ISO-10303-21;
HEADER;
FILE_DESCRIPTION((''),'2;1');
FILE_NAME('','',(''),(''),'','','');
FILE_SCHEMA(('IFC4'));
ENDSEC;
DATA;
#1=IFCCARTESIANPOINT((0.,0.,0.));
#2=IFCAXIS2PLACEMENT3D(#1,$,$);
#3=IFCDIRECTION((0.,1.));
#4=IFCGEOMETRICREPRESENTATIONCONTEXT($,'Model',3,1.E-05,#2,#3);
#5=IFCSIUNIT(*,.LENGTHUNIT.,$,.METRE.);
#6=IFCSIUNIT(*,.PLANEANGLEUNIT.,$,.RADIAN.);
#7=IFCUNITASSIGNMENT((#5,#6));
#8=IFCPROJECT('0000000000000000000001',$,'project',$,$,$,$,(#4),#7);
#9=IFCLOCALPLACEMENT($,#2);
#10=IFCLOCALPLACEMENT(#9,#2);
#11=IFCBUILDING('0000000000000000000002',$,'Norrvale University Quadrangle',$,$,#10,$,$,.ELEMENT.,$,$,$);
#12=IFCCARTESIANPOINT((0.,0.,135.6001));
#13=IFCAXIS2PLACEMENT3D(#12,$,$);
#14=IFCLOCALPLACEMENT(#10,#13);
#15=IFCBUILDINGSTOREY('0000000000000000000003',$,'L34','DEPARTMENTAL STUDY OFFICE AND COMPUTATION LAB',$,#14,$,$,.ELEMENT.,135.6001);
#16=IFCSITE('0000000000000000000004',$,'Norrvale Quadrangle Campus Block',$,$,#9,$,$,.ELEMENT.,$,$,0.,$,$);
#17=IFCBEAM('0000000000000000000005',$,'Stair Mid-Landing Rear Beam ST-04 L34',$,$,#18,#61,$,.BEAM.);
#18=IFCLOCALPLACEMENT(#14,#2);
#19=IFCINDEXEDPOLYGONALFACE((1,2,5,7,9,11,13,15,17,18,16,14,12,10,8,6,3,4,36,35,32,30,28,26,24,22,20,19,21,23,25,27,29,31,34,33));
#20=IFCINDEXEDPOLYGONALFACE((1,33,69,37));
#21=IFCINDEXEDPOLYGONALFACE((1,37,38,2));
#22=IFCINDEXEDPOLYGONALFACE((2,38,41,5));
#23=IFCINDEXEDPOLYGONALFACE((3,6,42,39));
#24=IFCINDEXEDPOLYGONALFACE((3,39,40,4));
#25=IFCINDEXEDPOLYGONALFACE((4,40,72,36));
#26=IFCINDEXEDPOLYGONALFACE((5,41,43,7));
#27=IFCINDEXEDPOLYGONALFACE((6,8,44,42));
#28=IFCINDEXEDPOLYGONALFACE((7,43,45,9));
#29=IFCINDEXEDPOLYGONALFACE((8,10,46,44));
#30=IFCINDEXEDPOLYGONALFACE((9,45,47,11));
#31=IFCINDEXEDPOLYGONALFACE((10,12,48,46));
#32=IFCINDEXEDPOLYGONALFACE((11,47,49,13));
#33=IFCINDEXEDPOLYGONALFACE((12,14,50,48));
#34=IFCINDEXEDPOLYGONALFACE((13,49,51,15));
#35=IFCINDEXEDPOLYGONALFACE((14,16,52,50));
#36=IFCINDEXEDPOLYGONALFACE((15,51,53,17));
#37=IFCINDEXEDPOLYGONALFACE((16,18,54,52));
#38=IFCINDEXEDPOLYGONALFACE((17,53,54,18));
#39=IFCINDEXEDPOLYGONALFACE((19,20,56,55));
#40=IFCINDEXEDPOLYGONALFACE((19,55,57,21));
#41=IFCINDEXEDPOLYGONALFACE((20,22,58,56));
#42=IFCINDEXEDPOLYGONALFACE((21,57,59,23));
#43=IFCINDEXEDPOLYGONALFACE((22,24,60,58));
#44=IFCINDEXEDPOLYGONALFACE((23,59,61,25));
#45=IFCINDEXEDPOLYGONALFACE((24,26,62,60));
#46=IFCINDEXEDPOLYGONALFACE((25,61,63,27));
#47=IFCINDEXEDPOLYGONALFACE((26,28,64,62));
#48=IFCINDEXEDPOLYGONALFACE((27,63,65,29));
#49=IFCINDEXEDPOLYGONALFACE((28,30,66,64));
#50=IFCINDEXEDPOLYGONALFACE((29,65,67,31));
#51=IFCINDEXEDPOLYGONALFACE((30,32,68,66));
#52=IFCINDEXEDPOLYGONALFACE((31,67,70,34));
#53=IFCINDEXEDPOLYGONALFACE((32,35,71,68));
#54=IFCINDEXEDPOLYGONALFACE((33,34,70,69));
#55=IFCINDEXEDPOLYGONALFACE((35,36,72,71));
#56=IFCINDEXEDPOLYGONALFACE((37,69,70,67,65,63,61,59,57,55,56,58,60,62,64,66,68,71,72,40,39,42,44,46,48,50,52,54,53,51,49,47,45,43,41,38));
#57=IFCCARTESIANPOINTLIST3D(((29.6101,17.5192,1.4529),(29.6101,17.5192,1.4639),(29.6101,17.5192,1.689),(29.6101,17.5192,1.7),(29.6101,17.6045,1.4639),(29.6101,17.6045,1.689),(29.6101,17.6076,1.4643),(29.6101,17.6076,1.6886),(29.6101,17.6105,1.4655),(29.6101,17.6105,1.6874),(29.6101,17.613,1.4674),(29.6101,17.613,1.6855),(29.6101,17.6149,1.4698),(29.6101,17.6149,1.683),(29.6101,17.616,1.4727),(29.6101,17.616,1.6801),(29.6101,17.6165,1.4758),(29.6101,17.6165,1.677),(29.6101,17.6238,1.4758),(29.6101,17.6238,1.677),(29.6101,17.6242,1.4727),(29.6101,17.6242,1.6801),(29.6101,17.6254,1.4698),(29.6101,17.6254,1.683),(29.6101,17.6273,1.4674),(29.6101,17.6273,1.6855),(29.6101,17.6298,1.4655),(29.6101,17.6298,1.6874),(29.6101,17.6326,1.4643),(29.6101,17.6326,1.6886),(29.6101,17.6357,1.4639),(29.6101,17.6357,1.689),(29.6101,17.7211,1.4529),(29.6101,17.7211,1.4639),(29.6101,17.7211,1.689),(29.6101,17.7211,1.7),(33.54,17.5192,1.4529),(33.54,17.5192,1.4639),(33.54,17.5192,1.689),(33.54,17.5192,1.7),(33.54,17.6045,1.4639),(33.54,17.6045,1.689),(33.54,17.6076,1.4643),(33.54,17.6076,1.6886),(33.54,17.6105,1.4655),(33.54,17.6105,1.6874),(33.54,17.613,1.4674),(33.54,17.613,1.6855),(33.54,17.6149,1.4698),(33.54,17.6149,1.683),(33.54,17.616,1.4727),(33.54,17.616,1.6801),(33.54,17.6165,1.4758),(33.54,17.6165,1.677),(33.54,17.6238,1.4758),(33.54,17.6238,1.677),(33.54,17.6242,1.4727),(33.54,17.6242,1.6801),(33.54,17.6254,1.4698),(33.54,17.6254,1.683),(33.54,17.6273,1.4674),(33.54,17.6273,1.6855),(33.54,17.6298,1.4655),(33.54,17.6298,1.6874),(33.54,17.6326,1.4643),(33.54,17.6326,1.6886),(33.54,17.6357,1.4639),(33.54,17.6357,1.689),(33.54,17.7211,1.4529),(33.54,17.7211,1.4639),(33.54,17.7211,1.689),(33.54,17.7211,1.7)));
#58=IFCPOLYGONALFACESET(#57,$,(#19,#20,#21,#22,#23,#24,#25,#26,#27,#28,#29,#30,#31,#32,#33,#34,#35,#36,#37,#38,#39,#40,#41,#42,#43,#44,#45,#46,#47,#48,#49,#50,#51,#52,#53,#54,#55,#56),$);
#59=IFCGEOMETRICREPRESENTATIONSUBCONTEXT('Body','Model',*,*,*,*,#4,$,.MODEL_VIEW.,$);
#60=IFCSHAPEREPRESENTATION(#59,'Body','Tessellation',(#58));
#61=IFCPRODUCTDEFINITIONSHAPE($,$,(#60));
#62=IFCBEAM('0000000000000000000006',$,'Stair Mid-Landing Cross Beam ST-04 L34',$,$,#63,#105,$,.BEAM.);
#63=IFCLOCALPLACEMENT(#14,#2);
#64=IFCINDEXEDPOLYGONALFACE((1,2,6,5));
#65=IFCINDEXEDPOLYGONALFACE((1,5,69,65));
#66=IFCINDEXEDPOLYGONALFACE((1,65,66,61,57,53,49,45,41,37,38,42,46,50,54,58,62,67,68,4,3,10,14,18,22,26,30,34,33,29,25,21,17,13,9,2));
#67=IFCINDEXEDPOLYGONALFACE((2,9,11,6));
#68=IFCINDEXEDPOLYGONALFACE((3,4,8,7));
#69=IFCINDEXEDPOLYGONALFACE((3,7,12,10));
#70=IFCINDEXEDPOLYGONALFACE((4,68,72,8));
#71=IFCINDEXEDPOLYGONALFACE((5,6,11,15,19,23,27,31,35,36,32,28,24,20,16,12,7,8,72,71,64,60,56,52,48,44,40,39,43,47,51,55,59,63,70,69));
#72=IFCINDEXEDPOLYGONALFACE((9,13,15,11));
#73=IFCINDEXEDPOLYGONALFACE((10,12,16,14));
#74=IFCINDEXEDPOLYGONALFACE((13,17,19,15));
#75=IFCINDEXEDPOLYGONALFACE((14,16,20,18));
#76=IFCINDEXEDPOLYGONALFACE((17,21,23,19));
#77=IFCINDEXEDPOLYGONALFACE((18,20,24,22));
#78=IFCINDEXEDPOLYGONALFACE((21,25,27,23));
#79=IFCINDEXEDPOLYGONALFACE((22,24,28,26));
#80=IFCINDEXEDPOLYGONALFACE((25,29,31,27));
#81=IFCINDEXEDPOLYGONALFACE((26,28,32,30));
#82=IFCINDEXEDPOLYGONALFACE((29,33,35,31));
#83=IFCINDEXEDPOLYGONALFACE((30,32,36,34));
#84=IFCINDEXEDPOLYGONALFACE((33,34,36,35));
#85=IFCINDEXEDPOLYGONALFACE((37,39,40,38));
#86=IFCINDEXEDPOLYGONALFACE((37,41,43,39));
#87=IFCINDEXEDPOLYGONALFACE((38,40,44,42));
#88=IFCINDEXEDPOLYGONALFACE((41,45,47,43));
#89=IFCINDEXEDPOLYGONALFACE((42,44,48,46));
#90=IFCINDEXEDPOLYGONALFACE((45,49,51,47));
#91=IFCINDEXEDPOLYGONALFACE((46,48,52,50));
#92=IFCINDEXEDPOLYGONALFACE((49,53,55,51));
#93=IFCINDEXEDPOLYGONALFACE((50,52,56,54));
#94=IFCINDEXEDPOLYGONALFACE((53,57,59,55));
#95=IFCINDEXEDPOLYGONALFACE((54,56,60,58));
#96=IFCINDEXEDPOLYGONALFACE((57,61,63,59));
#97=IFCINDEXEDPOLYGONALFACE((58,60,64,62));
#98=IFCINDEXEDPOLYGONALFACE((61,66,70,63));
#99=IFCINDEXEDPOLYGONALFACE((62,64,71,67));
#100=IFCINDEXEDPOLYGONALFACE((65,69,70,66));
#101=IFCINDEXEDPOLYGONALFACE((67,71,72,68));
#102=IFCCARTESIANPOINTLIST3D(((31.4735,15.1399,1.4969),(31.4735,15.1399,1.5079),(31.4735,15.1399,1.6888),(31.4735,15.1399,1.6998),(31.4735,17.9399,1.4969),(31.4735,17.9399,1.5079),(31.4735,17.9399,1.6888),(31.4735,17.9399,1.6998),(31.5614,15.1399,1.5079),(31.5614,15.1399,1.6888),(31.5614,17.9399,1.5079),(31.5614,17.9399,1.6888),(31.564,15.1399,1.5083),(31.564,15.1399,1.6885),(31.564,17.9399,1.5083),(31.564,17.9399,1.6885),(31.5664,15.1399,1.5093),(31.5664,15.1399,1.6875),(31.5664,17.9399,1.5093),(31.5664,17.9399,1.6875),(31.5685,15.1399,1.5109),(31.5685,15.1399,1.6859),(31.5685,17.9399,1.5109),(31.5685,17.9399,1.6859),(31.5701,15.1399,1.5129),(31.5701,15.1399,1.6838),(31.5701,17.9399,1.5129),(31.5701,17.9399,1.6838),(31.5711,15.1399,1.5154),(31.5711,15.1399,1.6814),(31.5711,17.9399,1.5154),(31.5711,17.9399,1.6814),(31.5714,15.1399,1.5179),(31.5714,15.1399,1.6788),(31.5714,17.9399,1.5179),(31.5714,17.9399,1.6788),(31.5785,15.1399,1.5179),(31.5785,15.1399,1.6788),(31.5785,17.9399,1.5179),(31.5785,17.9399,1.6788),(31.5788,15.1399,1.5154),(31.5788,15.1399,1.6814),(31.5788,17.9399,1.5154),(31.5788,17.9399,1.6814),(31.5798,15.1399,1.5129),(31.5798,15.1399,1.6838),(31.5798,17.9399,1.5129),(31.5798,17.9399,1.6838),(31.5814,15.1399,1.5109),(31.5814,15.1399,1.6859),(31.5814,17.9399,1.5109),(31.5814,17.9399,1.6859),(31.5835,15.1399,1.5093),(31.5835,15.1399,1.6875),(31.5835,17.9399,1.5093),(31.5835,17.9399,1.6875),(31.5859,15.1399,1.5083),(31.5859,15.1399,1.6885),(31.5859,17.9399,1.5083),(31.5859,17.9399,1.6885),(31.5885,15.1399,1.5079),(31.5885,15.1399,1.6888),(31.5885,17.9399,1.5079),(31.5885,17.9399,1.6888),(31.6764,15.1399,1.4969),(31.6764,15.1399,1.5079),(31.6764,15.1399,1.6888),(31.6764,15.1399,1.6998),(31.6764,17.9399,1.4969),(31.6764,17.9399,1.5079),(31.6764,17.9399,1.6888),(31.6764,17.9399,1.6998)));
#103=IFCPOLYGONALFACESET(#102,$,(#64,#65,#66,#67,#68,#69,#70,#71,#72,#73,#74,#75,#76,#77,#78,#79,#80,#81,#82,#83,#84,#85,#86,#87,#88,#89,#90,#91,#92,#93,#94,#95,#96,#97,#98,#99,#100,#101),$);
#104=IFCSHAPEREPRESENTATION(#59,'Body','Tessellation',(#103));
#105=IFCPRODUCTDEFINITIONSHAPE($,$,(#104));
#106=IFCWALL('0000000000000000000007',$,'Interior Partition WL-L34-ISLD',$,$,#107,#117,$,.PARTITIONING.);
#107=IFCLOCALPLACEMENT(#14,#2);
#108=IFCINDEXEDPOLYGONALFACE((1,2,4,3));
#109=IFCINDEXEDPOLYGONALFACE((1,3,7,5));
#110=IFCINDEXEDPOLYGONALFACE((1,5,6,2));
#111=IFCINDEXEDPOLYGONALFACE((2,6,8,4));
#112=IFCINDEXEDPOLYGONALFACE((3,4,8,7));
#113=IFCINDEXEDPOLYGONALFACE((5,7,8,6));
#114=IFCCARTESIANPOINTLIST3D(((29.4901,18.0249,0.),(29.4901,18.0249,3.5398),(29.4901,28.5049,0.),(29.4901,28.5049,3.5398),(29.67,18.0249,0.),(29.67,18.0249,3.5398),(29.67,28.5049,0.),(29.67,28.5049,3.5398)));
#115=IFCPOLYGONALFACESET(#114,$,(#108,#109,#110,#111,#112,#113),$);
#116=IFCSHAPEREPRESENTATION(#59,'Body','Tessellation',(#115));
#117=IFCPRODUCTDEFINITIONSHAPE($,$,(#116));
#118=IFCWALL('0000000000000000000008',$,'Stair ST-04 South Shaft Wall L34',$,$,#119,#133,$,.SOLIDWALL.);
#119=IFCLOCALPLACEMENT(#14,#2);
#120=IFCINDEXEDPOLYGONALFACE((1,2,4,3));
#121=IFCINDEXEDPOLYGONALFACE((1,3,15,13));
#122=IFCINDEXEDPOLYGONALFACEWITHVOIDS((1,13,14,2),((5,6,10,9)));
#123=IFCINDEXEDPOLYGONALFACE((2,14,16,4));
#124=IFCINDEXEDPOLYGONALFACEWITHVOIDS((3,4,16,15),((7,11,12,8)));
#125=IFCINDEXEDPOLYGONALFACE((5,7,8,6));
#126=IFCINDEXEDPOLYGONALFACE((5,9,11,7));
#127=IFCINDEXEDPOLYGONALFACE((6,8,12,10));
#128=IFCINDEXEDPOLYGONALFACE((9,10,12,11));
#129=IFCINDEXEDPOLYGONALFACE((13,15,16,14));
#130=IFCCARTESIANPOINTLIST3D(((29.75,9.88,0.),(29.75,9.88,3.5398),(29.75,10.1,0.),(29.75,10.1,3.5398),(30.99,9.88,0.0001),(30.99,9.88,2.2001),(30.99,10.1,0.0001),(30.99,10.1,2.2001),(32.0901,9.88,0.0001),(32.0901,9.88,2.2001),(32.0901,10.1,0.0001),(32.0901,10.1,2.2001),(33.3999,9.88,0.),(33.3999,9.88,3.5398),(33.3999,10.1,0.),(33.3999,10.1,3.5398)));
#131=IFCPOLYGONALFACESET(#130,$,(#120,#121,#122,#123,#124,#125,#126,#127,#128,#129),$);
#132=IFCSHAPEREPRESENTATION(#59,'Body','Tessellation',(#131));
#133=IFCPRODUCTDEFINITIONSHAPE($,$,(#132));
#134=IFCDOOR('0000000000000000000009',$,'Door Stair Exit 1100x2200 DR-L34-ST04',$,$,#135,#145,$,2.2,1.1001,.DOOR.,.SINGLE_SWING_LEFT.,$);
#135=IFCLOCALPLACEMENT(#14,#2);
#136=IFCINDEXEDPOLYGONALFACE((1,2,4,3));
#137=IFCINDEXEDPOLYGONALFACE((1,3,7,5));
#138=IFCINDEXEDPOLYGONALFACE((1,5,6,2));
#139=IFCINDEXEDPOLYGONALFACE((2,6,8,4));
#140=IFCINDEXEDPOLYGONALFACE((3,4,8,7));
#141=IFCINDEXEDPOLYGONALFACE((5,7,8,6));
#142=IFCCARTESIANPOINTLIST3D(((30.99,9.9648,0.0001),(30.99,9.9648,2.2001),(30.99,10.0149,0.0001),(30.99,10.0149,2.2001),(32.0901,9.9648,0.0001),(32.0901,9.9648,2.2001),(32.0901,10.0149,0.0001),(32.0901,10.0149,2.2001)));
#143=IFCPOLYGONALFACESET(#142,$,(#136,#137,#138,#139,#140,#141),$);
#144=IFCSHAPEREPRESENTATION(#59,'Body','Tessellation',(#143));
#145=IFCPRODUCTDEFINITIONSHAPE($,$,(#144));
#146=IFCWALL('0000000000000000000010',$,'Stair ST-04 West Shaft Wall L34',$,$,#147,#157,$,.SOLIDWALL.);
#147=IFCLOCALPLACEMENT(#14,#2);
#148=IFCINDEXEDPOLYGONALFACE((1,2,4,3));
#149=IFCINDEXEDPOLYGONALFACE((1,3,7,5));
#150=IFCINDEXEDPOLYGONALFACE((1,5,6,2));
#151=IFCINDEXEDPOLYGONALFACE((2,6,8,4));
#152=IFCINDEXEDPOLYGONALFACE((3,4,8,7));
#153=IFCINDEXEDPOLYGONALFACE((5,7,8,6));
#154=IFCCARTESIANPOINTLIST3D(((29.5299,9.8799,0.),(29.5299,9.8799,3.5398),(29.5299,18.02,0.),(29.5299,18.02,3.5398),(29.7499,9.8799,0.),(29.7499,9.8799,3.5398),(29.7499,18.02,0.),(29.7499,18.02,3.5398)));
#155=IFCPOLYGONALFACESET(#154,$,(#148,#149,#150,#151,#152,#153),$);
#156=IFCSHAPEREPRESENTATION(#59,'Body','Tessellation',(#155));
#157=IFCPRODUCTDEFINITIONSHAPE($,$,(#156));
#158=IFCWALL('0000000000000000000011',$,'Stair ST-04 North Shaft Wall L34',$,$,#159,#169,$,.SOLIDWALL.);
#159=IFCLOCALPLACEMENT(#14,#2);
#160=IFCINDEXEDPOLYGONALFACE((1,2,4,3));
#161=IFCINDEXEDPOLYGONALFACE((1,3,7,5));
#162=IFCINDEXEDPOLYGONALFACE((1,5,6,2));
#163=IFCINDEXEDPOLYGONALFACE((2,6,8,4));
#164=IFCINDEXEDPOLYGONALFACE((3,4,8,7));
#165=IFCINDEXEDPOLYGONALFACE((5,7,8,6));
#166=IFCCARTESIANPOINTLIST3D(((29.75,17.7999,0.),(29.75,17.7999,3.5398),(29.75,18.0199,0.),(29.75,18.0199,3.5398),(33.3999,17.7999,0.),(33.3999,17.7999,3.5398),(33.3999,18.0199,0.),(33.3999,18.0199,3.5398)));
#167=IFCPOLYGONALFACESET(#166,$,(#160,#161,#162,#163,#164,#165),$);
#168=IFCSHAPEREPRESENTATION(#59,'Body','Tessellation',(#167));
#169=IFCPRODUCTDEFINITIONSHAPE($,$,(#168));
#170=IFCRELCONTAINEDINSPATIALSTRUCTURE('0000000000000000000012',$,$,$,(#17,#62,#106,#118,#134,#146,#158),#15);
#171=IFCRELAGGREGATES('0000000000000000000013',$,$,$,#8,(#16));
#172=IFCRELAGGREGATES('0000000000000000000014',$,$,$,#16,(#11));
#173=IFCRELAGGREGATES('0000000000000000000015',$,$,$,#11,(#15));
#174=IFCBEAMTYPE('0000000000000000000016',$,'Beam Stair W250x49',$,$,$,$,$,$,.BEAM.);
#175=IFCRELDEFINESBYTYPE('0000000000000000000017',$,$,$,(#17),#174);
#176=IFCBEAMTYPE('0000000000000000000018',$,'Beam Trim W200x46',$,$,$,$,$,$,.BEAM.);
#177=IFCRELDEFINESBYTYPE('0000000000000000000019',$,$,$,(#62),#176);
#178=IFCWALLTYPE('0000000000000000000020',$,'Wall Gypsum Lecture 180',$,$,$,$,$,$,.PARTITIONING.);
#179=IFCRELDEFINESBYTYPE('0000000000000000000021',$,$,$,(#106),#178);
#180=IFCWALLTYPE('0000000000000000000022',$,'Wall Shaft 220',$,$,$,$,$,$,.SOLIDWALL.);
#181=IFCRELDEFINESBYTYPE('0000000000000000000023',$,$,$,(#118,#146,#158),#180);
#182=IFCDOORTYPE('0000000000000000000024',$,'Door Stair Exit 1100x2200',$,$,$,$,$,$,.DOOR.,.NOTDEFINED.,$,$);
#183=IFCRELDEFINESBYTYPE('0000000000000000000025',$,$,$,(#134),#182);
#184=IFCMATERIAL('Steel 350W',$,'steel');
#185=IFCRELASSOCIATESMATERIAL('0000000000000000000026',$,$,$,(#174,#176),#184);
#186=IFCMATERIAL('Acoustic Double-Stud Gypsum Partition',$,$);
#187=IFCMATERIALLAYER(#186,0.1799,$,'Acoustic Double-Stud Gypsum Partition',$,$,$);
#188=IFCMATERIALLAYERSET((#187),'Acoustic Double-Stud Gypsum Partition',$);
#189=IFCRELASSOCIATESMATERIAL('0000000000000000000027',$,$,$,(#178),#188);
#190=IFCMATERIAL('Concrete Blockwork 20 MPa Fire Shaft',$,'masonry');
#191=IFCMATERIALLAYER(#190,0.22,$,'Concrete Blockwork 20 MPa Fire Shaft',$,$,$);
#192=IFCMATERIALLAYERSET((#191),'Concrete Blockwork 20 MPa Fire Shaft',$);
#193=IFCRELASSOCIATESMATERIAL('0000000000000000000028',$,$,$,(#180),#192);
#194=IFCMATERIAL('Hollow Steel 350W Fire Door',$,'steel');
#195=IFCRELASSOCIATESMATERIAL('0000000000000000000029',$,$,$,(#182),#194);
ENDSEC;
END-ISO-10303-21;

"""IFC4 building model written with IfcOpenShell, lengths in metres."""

from ifc_helpers import new_model, si_unit, direction, frame, frame_2d, origin, origin_2d, place, context, subcontext, project, spatial, rectangle, i_section, extrude, material, layer, layer_set, material_profile, profile_set, type_object, element, fill, save


model = new_model("IFC4")

# Units and contexts
model_context = context("Model", 3, precision=1e-05, world=origin(), true_north=direction((0.0, 1.0)))
body_context = subcontext(model_context, "Body", "Model", "MODEL_VIEW")
ifc_project = project(units=[si_unit("LENGTHUNIT", "METRE"), si_unit("PLANEANGLEUNIT", "RADIAN")], contexts=[model_context])

# Site, building, storey
site_placement = place(None, origin())
site = spatial("IfcSite", under=ifc_project, at=site_placement, Name="Norrvale Quadrangle Campus Block", CompositionType="ELEMENT", RefElevation=0.0)
building_placement = place(site_placement, origin())
building = spatial("IfcBuilding", under=site, at=building_placement, Name="Norrvale University Quadrangle", CompositionType="ELEMENT")
storey_placement = place(building_placement, frame((0.0, 0.0, 135.6001)))
storey = spatial("IfcBuildingStorey", under=building, at=storey_placement, Name="L34", Description="DEPARTMENTAL STUDY OFFICE AND COMPUTATION LAB", CompositionType="ELEMENT", Elevation=135.6001)

# Beams
ifc_material_1 = material(Name="Steel 350W", Category="steel")
ifc_material_profile_1 = material_profile(ifc_material_1, i_section(OverallWidth=0.2019, OverallDepth=0.2471, WebThickness=0.0073, FlangeThickness=0.011, FilletRadius=0.012, at=origin_2d()), Name="Steel 350W")
ifc_profile_set_1 = profile_set([ifc_material_profile_1], Name="Steel 350W")
beam_type_1 = type_object("IfcBeamType", Name="Beam Stair W250x49", PredefinedType="BEAM", material=ifc_profile_set_1)
for number, where, z_axis, x_axis, name in (
    (1, (29.6101, 17.6201, 1.5764), (1.0, 0.0, 0.0), (0.0, 1.0, 0.0), "Stair Mid-Landing Rear Beam ST-04 L34"),
):
    element("IfcBeam", number, at=place(storey_placement, frame(where, z_axis=z_axis, x_axis=x_axis)), inside=storey, type_object=beam_type_1, Name=name, PredefinedType="BEAM", context=body_context, shape_type="SweptSolid", body=[
        extrude(i_section(OverallWidth=0.2019, OverallDepth=0.2471, WebThickness=0.0073, FlangeThickness=0.011, FilletRadius=0.012, at=origin_2d()), origin(), (0.0, 0.0, 1.0), 3.9299),
    ])
ifc_material_profile_2 = material_profile(ifc_material_1, i_section(OverallWidth=0.2029, OverallDepth=0.2029, WebThickness=0.0071, FlangeThickness=0.011, FilletRadius=0.01, at=origin_2d()), Name="Steel 350W")
ifc_profile_set_2 = profile_set([ifc_material_profile_2], Name="Steel 350W")
beam_type_2 = type_object("IfcBeamType", Name="Beam Trim W200x46", PredefinedType="BEAM", material=ifc_profile_set_2)
beam_1_placement = place(storey_placement, frame((31.575, 15.1399, 1.5984), z_axis=(0.0, 1.0, 0.0), x_axis=(-1.0, 0.0, 0.0)))
element("IfcBeam", 2, at=beam_1_placement, inside=storey, type_object=beam_type_2, Name="Stair Mid-Landing Cross Beam ST-04 L34", PredefinedType="BEAM", context=body_context, shape_type="SweptSolid", body=[
    extrude(i_section(OverallWidth=0.2029, OverallDepth=0.2029, WebThickness=0.0071, FlangeThickness=0.011, FilletRadius=0.01, at=origin_2d()), origin(), (0.0, 0.0, 1.0), 2.8),
])

# Wall
ifc_material_2 = material(Name="Acoustic Double-Stud Gypsum Partition")
ifc_layer_1 = layer(ifc_material_2, 0.1799, Name="Acoustic Double-Stud Gypsum Partition")
ifc_layer_set_1 = layer_set([ifc_layer_1], Name="Acoustic Double-Stud Gypsum Partition")
wall_type_1 = type_object("IfcWallType", Name="Wall Gypsum Lecture 180", PredefinedType="PARTITIONING", material=ifc_layer_set_1)
wall_1_placement = place(storey_placement, frame((29.5801, 18.0249, 0.0), z_axis=(0.0, 0.0, 1.0), x_axis=(0.0, 1.0, 0.0)))
element("IfcWall", 3, at=wall_1_placement, inside=storey, type_object=wall_type_1, Name="Interior Partition WL-L34-ISLD", PredefinedType="PARTITIONING", context=body_context, shape_type="SweptSolid", body=[
    extrude(rectangle(XDim=10.48, YDim=0.1799, at=frame_2d((5.24, 0.0))), origin(), (0.0, 0.0, 1.0), 3.5398),
])

# Wall, opening, door
ifc_material_3 = material(Name="Concrete Blockwork 20 MPa Fire Shaft", Category="masonry")
ifc_layer_2 = layer(ifc_material_3, 0.22, Name="Concrete Blockwork 20 MPa Fire Shaft")
ifc_layer_set_2 = layer_set([ifc_layer_2], Name="Concrete Blockwork 20 MPa Fire Shaft")
wall_type_2 = type_object("IfcWallType", Name="Wall Shaft 220", PredefinedType="SOLIDWALL", material=ifc_layer_set_2)
wall_2_placement = place(storey_placement, frame((29.75, 9.99, 0.0), z_axis=(0.0, 0.0, 1.0), x_axis=(1.0, 0.0, 0.0)))
wall_2 = element("IfcWall", 4, at=wall_2_placement, inside=storey, type_object=wall_type_2, Name="Stair ST-04 South Shaft Wall L34", PredefinedType="SOLIDWALL", context=body_context, shape_type="SweptSolid", body=[
    extrude(rectangle(XDim=3.6499, YDim=0.22, at=frame_2d((1.825, 0.0))), origin(), (0.0, 0.0, 1.0), 3.5398),
])
opening_placement = place(wall_2_placement, frame((1.24, 0.0, 0.0)))
opening = element("IfcOpeningElement", 5, at=opening_placement, cuts=wall_2, PredefinedType="OPENING", context=body_context, shape_type="SweptSolid", body=[
    extrude(rectangle(XDim=1.1001, YDim=2.2, at=frame_2d((0.55, 1.1001))), frame((0.0, 0.1221, 0.0), z_axis=(0.0, -1.0, 0.0), x_axis=(1.0, 0.0, 0.0)), (0.0, 0.0, 1.0), 0.2439),
])
ifc_material_4 = material(Name="Hollow Steel 350W Fire Door", Category="steel")
door_type = type_object("IfcDoorType", Name="Door Stair Exit 1100x2200", OperationType="NOTDEFINED", PredefinedType="DOOR", material=ifc_material_4)
door_placement = place(opening_placement, origin())
door = element("IfcDoor", 6, at=door_placement, inside=storey, type_object=door_type, Name="Door Stair Exit 1100x2200 DR-L34-ST04", OperationType="SINGLE_SWING_LEFT", OverallHeight=2.2, OverallWidth=1.1001, PredefinedType="DOOR", context=body_context, shape_type="SweptSolid", body=[
    extrude(rectangle(XDim=1.1001, YDim=2.2, at=frame_2d((0.55, 1.1001))), frame((0.0, 0.0249, 0.0), z_axis=(0.0, -1.0, 0.0), x_axis=(1.0, 0.0, 0.0)), (0.0, 0.0, 1.0), 0.05),
])
fill(opening, door)

# Walls
wall_3_placement = place(storey_placement, frame((29.6399, 9.8799, 0.0), z_axis=(0.0, 0.0, 1.0), x_axis=(0.0, 1.0, 0.0)))
element("IfcWall", 7, at=wall_3_placement, inside=storey, type_object=wall_type_2, Name="Stair ST-04 West Shaft Wall L34", PredefinedType="SOLIDWALL", context=body_context, shape_type="SweptSolid", body=[
    extrude(rectangle(XDim=8.1401, YDim=0.22, at=frame_2d((4.0701, 0.0))), origin(), (0.0, 0.0, 1.0), 3.5398),
])
wall_4_placement = place(storey_placement, frame((29.75, 17.9099, 0.0), z_axis=(0.0, 0.0, 1.0), x_axis=(1.0, 0.0, 0.0)))
element("IfcWall", 8, at=wall_4_placement, inside=storey, type_object=wall_type_2, Name="Stair ST-04 North Shaft Wall L34", PredefinedType="SOLIDWALL", context=body_context, shape_type="SweptSolid", body=[
    extrude(rectangle(XDim=3.6499, YDim=0.22, at=frame_2d((1.825, 0.0))), origin(), (0.0, 0.0, 1.0), 3.5398),
])

save(model, "model.ifc")
